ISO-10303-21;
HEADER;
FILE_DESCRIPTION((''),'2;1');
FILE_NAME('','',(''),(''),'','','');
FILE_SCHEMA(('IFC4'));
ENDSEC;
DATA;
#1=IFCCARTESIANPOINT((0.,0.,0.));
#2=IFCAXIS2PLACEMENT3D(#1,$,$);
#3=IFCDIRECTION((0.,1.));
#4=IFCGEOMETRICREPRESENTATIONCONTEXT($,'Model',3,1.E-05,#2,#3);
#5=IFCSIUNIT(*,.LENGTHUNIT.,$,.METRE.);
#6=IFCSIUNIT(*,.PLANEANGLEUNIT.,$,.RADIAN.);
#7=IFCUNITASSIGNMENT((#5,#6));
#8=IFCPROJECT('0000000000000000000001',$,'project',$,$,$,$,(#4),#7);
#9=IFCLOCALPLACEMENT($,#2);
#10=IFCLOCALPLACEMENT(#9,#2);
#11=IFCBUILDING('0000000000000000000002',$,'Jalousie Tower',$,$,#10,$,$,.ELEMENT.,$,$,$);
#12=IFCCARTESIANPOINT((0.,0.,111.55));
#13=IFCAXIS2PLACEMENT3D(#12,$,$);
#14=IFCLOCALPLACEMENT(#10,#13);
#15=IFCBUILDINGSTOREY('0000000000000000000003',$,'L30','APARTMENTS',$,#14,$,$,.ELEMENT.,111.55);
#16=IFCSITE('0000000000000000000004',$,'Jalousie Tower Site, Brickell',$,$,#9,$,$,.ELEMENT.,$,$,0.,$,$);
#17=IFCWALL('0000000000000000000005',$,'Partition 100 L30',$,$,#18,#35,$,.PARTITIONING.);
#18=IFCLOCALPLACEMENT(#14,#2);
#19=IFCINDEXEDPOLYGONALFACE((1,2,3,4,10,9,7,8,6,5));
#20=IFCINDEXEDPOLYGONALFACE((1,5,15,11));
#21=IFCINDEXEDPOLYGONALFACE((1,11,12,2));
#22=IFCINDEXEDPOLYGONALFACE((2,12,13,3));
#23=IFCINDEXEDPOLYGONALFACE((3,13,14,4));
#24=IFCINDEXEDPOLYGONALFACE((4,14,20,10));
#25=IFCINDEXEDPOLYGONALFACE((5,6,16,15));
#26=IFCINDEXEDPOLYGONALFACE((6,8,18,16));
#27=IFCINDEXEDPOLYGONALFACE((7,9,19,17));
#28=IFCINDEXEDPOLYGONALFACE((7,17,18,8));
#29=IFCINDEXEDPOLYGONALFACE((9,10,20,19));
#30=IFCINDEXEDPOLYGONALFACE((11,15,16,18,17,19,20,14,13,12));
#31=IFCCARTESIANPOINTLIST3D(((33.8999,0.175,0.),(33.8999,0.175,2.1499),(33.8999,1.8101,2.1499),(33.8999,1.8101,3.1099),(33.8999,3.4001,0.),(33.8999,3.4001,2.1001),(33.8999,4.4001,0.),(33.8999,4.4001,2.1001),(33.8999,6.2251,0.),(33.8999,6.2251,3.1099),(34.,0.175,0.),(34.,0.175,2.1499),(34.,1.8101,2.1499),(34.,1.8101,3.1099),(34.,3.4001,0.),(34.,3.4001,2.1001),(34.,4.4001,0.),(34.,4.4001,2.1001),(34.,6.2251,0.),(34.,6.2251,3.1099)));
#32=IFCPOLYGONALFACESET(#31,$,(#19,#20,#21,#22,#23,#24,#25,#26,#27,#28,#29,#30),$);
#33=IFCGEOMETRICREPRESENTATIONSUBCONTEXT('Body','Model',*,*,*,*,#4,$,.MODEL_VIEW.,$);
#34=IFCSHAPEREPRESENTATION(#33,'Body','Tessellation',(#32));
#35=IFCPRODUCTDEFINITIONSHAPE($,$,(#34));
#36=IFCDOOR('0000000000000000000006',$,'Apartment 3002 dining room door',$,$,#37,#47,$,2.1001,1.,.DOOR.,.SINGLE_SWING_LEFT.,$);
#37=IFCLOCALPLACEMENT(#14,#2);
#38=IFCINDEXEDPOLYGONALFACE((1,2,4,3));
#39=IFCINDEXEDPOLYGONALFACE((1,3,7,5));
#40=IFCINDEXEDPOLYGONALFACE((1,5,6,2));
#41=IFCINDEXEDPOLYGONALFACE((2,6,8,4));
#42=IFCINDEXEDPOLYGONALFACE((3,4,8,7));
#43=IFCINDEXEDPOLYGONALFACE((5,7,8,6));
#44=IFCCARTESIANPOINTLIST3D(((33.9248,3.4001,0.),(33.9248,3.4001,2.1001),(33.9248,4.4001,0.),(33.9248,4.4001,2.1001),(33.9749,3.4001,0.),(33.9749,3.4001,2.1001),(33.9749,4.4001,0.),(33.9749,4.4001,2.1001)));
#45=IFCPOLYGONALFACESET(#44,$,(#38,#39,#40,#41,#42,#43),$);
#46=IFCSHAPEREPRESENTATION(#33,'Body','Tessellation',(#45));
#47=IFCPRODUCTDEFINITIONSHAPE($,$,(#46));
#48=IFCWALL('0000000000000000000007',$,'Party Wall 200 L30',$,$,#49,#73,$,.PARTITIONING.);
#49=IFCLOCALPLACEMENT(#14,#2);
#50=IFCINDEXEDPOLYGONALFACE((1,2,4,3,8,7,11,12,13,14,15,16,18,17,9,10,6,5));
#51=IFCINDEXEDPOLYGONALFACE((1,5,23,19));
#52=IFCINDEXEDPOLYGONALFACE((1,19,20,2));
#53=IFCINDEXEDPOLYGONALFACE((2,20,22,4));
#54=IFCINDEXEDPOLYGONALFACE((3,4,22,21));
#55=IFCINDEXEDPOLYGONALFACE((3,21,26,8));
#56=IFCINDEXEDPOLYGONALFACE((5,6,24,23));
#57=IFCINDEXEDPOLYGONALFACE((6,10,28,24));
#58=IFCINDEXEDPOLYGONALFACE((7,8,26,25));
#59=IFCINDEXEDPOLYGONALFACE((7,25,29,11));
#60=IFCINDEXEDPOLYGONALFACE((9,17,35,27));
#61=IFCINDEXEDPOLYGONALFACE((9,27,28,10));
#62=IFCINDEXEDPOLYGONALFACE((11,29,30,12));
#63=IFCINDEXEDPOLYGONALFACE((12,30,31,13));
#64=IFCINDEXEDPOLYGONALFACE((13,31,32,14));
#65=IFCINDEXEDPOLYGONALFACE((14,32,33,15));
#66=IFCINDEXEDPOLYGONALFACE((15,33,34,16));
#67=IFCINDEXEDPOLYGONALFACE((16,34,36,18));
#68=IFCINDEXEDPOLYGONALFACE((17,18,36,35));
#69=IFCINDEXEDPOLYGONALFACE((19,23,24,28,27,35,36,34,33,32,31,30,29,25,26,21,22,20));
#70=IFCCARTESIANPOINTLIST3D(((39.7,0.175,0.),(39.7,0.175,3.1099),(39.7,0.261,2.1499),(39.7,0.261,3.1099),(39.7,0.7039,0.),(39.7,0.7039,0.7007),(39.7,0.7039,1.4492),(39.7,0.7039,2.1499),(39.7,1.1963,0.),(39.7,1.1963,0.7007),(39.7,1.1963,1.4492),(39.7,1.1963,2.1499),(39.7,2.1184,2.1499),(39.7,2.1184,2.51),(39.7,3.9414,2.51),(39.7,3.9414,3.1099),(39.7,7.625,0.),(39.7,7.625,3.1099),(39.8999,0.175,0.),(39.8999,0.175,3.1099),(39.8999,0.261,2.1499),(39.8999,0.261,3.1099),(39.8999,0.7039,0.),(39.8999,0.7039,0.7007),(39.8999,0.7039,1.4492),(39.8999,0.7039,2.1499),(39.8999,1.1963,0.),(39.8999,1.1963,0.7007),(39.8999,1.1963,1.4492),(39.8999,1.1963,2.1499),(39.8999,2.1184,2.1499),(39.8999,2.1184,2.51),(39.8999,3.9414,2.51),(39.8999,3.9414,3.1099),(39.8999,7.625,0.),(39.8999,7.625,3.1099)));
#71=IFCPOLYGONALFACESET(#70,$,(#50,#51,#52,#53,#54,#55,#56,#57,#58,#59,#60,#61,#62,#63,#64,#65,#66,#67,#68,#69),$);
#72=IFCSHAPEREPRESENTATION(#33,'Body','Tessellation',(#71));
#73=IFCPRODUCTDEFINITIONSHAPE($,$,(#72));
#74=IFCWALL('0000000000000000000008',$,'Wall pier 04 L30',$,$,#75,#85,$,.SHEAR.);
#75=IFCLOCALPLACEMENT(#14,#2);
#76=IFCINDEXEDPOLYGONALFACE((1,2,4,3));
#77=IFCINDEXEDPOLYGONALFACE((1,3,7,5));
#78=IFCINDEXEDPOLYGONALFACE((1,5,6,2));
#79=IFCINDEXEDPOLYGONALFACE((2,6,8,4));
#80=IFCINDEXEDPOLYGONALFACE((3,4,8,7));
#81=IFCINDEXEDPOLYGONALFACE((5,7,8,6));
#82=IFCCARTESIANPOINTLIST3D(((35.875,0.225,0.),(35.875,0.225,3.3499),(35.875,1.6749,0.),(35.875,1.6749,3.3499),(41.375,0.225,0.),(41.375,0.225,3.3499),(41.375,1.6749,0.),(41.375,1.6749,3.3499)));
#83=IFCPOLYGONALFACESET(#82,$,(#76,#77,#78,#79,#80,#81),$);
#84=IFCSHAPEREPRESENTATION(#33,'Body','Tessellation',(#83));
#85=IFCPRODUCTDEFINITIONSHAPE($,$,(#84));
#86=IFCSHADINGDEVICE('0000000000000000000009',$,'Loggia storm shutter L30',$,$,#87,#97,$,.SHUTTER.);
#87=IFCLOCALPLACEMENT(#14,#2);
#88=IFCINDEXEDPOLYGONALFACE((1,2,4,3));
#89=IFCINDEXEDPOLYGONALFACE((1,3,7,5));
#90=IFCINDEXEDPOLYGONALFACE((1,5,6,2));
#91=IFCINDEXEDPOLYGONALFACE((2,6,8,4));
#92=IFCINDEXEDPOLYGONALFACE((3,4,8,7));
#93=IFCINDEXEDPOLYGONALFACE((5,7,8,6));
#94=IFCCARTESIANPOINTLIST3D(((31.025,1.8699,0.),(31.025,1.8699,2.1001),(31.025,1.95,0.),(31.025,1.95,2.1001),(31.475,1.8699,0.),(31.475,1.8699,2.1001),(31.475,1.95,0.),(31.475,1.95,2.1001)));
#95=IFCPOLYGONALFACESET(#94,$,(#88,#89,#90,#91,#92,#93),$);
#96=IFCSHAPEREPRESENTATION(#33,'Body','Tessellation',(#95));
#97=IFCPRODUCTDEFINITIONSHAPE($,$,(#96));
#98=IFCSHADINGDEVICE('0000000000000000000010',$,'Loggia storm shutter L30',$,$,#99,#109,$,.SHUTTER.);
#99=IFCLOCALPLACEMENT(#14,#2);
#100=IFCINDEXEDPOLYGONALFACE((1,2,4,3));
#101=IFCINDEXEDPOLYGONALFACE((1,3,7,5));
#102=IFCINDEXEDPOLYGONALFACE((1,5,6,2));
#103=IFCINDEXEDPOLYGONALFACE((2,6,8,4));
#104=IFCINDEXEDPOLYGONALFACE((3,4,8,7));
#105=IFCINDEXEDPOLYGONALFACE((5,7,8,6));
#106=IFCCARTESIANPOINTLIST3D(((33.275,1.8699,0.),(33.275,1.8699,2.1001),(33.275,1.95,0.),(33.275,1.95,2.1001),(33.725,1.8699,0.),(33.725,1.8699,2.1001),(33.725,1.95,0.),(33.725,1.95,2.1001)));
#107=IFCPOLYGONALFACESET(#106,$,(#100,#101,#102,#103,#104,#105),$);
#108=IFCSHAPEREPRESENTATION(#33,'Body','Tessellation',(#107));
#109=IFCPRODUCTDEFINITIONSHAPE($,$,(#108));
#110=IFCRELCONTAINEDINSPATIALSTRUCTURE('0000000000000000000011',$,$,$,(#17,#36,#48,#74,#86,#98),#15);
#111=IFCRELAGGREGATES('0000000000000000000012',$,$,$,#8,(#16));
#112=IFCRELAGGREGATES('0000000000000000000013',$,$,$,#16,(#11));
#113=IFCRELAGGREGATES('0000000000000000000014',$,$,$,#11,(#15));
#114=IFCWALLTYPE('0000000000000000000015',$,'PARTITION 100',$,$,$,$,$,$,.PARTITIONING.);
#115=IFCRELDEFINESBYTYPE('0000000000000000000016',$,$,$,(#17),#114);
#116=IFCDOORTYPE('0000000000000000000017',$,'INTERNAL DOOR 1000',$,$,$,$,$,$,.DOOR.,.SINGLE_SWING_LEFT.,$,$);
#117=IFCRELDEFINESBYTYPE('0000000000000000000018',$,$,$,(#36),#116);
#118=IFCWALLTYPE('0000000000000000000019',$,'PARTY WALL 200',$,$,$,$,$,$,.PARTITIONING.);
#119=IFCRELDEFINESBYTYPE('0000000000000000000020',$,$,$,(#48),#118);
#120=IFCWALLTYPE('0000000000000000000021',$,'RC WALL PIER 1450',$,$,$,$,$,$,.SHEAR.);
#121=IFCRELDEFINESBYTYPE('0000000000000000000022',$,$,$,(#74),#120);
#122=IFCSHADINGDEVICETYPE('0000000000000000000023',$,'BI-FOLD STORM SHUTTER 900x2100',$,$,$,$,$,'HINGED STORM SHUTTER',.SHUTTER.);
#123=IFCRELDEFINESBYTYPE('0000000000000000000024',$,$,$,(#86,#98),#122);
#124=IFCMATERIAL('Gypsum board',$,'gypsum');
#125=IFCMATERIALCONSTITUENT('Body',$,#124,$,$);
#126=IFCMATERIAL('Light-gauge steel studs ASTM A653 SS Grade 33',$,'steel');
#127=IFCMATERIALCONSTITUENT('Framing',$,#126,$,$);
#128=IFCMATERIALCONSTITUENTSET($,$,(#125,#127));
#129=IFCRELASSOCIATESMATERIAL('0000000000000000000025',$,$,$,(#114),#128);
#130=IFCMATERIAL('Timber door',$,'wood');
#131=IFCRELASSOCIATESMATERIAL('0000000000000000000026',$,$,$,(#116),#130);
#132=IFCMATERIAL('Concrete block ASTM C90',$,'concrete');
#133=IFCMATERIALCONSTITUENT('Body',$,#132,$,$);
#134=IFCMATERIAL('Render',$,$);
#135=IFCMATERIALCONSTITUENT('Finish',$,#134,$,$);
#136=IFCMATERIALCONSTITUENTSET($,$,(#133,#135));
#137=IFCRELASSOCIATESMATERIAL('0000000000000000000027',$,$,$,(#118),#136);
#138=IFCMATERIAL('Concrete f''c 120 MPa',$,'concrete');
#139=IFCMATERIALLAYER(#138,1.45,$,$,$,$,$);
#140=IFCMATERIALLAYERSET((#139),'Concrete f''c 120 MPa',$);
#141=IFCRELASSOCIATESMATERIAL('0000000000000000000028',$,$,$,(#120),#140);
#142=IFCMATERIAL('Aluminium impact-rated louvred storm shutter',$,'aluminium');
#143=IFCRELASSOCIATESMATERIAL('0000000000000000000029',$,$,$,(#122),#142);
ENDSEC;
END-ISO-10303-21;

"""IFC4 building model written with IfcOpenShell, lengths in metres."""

from ifc_helpers import new_model, si_unit, direction, frame, frame_2d, origin, origin_2d, place, context, subcontext, project, spatial, polyline, rectangle, outline, extrude, material, layer, layer_set, constituent, constituent_set, type_object, element, fill, save


model = new_model("IFC4")

# Units and contexts
model_context = context("Model", 3, precision=1e-05, world=origin(), true_north=direction((0.0, 1.0)))
body_context = subcontext(model_context, "Body", "Model", "MODEL_VIEW")
ifc_project = project(units=[si_unit("LENGTHUNIT", "METRE"), si_unit("PLANEANGLEUNIT", "RADIAN")], contexts=[model_context])

# Site, building, storey
site_placement = place(None, origin())
site = spatial("IfcSite", under=ifc_project, at=site_placement, Name="Jalousie Tower Site, Brickell", CompositionType="ELEMENT", RefElevation=0.0)
building_placement = place(site_placement, origin())
building = spatial("IfcBuilding", under=site, at=building_placement, Name="Jalousie Tower", CompositionType="ELEMENT")
storey_placement = place(building_placement, frame((0.0, 0.0, 111.55)))
storey = spatial("IfcBuildingStorey", under=building, at=storey_placement, Name="L30", Description="APARTMENTS", CompositionType="ELEMENT", Elevation=111.55)

# Wall, opening, door
ifc_material_1 = material(Name="Gypsum board", Category="gypsum")
ifc_constituent_1 = constituent(ifc_material_1, Name="Body")
ifc_material_2 = material(Name="Light-gauge steel studs ASTM A653 SS Grade 33", Category="steel")
ifc_constituent_2 = constituent(ifc_material_2, Name="Framing")
ifc_constituent_set_1 = constituent_set(constituents=[ifc_constituent_1, ifc_constituent_2])
wall_type_1 = type_object("IfcWallType", Name="PARTITION 100", PredefinedType="PARTITIONING", material=ifc_constituent_set_1)
wall_1_placement = place(storey_placement, frame((33.95, 0.175, 0.0), z_axis=(0.0, 0.0, 1.0), x_axis=(0.0, 1.0, 0.0)))
wall_1 = element("IfcWall", 1, at=wall_1_placement, inside=storey, type_object=wall_type_1, Name="Partition 100 L30", PredefinedType="PARTITIONING", context=body_context, shape_type="SweptSolid", body=[
    extrude(outline(polyline([(0.0, 0.0), (6.05, 0.0), (6.05, 3.1099), (1.635, 3.1099), (1.635, 2.1499), (0.0, 2.1499), (0.0, 3.1099), (0.0, 0.0)])), frame((0.0, 0.05, 0.0), z_axis=(0.0, -1.0, 0.0), x_axis=(1.0, 0.0, 0.0)), (0.0, 0.0, 1.0), 0.1001),
])
opening_1_placement = place(wall_1_placement, frame((3.2251, 0.0, 0.0)))
opening_1 = element("IfcOpeningElement", 2, at=opening_1_placement, cuts=wall_1, PredefinedType="OPENING", context=body_context, shape_type="SweptSolid", body=[
    extrude(rectangle(XDim=1.0, YDim=2.1001, at=frame_2d((0.5, 1.05))), frame((0.0, 0.0601, 0.0), z_axis=(0.0, -1.0, 0.0), x_axis=(1.0, 0.0, 0.0)), (0.0, 0.0, 1.0), 0.1201),
])
ifc_material_3 = material(Name="Timber door", Category="wood")
door_type = type_object("IfcDoorType", Name="INTERNAL DOOR 1000", OperationType="SINGLE_SWING_LEFT", PredefinedType="DOOR", material=ifc_material_3)
door_placement = place(opening_1_placement, frame((1.0, 0.0, 0.0), z_axis=(0.0, 0.0, 1.0), x_axis=(-1.0, 0.0, 0.0)))
door = element("IfcDoor", 3, at=door_placement, inside=storey, type_object=door_type, Name="Apartment 3002 dining room door", OperationType="SINGLE_SWING_LEFT", OverallHeight=2.1001, OverallWidth=1.0, PredefinedType="DOOR", context=body_context, shape_type="SweptSolid", body=[
    extrude(rectangle(XDim=1.0, YDim=2.1001, at=frame_2d((0.5, 1.05))), frame((0.0, 0.0249, 0.0), z_axis=(0.0, -1.0, 0.0), x_axis=(1.0, 0.0, 0.0)), (0.0, 0.0, 1.0), 0.05),
])
fill(opening_1, door)

# Walls
ifc_material_4 = material(Name="Concrete block ASTM C90", Category="concrete")
ifc_constituent_3 = constituent(ifc_material_4, Name="Body")
ifc_material_5 = material(Name="Render")
ifc_constituent_4 = constituent(ifc_material_5, Name="Finish")
ifc_constituent_set_2 = constituent_set(constituents=[ifc_constituent_3, ifc_constituent_4])
wall_type_2 = type_object("IfcWallType", Name="PARTY WALL 200", PredefinedType="PARTITIONING", material=ifc_constituent_set_2)
wall_2_placement = place(storey_placement, frame((39.8, 0.175, 0.0), z_axis=(0.0, 0.0, 1.0), x_axis=(0.0, 1.0, 0.0)))
element("IfcWall", 4, at=wall_2_placement, inside=storey, type_object=wall_type_2, Name="Party Wall 200 L30", PredefinedType="PARTITIONING", context=body_context, shape_type="SweptSolid", body=[
    extrude(outline(polyline([(0.0859, 3.1099), (0.0, 3.1099), (0.0, 0.0), (0.5288, 0.0), (0.5288, 0.7007), (1.0212, 0.7007), (1.0212, 0.0), (7.45, 0.0), (7.45, 3.1099), (3.7664, 3.1099), (3.7664, 2.51), (1.9434, 2.51), (1.9434, 2.1499), (1.0212, 2.1499), (1.0212, 1.4492), (0.5288, 1.4492), (0.5288, 2.1499), (0.0859, 2.1499), (0.0859, 3.1099)])), frame((0.0, 0.1001, 0.0), z_axis=(0.0, -1.0, 0.0), x_axis=(1.0, 0.0, 0.0)), (0.0, 0.0, 1.0), 0.2),
])
ifc_material_6 = material(Name="Concrete f'c 120 MPa", Category="concrete")
ifc_layer_1 = layer(ifc_material_6, 1.45)
ifc_layer_set_1 = layer_set([ifc_layer_1], Name="Concrete f'c 120 MPa")
wall_type_3 = type_object("IfcWallType", Name="RC WALL PIER 1450", PredefinedType="SHEAR", material=ifc_layer_set_1)
wall_3_placement = place(storey_placement, frame((35.875, 0.95, 0.0), z_axis=(0.0, 0.0, 1.0), x_axis=(1.0, 0.0, 0.0)))
element("IfcWall", 5, at=wall_3_placement, inside=storey, type_object=wall_type_3, Name="Wall pier 04 L30", PredefinedType="SHEAR", context=body_context, shape_type="SweptSolid", body=[
    extrude(rectangle(XDim=5.5, YDim=1.45, at=frame_2d((2.75, 0.0))), origin(), (0.0, 0.0, 1.0), 3.3499),
])

# Shading devices
ifc_material_7 = material(Name="Aluminium impact-rated louvred storm shutter", Category="aluminium")
shading_device_type_1 = type_object("IfcShadingDeviceType", Name="BI-FOLD STORM SHUTTER 900x2100", ElementType="HINGED STORM SHUTTER", PredefinedType="SHUTTER", material=ifc_material_7)
for number, where, z_axis, x_axis, name in (
    (6, (31.25, 1.9099, 0.0), (0.0, 0.0, 1.0), (1.0, 0.0, 0.0), "Loggia storm shutter L30"),
    (7, (33.5, 1.9099, 0.0), (0.0, 0.0, 1.0), (1.0, 0.0, 0.0), "Loggia storm shutter L30"),
):
    element("IfcShadingDevice", number, at=place(storey_placement, frame(where, z_axis=z_axis, x_axis=x_axis)), inside=storey, type_object=shading_device_type_1, Name=name, PredefinedType="SHUTTER", context=body_context, shape_type="SweptSolid", body=[
        extrude(rectangle(XDim=0.45, YDim=0.0801, at=origin_2d()), origin(), (0.0, 0.0, 1.0), 2.1001),
    ])

save(model, "model.ifc")
